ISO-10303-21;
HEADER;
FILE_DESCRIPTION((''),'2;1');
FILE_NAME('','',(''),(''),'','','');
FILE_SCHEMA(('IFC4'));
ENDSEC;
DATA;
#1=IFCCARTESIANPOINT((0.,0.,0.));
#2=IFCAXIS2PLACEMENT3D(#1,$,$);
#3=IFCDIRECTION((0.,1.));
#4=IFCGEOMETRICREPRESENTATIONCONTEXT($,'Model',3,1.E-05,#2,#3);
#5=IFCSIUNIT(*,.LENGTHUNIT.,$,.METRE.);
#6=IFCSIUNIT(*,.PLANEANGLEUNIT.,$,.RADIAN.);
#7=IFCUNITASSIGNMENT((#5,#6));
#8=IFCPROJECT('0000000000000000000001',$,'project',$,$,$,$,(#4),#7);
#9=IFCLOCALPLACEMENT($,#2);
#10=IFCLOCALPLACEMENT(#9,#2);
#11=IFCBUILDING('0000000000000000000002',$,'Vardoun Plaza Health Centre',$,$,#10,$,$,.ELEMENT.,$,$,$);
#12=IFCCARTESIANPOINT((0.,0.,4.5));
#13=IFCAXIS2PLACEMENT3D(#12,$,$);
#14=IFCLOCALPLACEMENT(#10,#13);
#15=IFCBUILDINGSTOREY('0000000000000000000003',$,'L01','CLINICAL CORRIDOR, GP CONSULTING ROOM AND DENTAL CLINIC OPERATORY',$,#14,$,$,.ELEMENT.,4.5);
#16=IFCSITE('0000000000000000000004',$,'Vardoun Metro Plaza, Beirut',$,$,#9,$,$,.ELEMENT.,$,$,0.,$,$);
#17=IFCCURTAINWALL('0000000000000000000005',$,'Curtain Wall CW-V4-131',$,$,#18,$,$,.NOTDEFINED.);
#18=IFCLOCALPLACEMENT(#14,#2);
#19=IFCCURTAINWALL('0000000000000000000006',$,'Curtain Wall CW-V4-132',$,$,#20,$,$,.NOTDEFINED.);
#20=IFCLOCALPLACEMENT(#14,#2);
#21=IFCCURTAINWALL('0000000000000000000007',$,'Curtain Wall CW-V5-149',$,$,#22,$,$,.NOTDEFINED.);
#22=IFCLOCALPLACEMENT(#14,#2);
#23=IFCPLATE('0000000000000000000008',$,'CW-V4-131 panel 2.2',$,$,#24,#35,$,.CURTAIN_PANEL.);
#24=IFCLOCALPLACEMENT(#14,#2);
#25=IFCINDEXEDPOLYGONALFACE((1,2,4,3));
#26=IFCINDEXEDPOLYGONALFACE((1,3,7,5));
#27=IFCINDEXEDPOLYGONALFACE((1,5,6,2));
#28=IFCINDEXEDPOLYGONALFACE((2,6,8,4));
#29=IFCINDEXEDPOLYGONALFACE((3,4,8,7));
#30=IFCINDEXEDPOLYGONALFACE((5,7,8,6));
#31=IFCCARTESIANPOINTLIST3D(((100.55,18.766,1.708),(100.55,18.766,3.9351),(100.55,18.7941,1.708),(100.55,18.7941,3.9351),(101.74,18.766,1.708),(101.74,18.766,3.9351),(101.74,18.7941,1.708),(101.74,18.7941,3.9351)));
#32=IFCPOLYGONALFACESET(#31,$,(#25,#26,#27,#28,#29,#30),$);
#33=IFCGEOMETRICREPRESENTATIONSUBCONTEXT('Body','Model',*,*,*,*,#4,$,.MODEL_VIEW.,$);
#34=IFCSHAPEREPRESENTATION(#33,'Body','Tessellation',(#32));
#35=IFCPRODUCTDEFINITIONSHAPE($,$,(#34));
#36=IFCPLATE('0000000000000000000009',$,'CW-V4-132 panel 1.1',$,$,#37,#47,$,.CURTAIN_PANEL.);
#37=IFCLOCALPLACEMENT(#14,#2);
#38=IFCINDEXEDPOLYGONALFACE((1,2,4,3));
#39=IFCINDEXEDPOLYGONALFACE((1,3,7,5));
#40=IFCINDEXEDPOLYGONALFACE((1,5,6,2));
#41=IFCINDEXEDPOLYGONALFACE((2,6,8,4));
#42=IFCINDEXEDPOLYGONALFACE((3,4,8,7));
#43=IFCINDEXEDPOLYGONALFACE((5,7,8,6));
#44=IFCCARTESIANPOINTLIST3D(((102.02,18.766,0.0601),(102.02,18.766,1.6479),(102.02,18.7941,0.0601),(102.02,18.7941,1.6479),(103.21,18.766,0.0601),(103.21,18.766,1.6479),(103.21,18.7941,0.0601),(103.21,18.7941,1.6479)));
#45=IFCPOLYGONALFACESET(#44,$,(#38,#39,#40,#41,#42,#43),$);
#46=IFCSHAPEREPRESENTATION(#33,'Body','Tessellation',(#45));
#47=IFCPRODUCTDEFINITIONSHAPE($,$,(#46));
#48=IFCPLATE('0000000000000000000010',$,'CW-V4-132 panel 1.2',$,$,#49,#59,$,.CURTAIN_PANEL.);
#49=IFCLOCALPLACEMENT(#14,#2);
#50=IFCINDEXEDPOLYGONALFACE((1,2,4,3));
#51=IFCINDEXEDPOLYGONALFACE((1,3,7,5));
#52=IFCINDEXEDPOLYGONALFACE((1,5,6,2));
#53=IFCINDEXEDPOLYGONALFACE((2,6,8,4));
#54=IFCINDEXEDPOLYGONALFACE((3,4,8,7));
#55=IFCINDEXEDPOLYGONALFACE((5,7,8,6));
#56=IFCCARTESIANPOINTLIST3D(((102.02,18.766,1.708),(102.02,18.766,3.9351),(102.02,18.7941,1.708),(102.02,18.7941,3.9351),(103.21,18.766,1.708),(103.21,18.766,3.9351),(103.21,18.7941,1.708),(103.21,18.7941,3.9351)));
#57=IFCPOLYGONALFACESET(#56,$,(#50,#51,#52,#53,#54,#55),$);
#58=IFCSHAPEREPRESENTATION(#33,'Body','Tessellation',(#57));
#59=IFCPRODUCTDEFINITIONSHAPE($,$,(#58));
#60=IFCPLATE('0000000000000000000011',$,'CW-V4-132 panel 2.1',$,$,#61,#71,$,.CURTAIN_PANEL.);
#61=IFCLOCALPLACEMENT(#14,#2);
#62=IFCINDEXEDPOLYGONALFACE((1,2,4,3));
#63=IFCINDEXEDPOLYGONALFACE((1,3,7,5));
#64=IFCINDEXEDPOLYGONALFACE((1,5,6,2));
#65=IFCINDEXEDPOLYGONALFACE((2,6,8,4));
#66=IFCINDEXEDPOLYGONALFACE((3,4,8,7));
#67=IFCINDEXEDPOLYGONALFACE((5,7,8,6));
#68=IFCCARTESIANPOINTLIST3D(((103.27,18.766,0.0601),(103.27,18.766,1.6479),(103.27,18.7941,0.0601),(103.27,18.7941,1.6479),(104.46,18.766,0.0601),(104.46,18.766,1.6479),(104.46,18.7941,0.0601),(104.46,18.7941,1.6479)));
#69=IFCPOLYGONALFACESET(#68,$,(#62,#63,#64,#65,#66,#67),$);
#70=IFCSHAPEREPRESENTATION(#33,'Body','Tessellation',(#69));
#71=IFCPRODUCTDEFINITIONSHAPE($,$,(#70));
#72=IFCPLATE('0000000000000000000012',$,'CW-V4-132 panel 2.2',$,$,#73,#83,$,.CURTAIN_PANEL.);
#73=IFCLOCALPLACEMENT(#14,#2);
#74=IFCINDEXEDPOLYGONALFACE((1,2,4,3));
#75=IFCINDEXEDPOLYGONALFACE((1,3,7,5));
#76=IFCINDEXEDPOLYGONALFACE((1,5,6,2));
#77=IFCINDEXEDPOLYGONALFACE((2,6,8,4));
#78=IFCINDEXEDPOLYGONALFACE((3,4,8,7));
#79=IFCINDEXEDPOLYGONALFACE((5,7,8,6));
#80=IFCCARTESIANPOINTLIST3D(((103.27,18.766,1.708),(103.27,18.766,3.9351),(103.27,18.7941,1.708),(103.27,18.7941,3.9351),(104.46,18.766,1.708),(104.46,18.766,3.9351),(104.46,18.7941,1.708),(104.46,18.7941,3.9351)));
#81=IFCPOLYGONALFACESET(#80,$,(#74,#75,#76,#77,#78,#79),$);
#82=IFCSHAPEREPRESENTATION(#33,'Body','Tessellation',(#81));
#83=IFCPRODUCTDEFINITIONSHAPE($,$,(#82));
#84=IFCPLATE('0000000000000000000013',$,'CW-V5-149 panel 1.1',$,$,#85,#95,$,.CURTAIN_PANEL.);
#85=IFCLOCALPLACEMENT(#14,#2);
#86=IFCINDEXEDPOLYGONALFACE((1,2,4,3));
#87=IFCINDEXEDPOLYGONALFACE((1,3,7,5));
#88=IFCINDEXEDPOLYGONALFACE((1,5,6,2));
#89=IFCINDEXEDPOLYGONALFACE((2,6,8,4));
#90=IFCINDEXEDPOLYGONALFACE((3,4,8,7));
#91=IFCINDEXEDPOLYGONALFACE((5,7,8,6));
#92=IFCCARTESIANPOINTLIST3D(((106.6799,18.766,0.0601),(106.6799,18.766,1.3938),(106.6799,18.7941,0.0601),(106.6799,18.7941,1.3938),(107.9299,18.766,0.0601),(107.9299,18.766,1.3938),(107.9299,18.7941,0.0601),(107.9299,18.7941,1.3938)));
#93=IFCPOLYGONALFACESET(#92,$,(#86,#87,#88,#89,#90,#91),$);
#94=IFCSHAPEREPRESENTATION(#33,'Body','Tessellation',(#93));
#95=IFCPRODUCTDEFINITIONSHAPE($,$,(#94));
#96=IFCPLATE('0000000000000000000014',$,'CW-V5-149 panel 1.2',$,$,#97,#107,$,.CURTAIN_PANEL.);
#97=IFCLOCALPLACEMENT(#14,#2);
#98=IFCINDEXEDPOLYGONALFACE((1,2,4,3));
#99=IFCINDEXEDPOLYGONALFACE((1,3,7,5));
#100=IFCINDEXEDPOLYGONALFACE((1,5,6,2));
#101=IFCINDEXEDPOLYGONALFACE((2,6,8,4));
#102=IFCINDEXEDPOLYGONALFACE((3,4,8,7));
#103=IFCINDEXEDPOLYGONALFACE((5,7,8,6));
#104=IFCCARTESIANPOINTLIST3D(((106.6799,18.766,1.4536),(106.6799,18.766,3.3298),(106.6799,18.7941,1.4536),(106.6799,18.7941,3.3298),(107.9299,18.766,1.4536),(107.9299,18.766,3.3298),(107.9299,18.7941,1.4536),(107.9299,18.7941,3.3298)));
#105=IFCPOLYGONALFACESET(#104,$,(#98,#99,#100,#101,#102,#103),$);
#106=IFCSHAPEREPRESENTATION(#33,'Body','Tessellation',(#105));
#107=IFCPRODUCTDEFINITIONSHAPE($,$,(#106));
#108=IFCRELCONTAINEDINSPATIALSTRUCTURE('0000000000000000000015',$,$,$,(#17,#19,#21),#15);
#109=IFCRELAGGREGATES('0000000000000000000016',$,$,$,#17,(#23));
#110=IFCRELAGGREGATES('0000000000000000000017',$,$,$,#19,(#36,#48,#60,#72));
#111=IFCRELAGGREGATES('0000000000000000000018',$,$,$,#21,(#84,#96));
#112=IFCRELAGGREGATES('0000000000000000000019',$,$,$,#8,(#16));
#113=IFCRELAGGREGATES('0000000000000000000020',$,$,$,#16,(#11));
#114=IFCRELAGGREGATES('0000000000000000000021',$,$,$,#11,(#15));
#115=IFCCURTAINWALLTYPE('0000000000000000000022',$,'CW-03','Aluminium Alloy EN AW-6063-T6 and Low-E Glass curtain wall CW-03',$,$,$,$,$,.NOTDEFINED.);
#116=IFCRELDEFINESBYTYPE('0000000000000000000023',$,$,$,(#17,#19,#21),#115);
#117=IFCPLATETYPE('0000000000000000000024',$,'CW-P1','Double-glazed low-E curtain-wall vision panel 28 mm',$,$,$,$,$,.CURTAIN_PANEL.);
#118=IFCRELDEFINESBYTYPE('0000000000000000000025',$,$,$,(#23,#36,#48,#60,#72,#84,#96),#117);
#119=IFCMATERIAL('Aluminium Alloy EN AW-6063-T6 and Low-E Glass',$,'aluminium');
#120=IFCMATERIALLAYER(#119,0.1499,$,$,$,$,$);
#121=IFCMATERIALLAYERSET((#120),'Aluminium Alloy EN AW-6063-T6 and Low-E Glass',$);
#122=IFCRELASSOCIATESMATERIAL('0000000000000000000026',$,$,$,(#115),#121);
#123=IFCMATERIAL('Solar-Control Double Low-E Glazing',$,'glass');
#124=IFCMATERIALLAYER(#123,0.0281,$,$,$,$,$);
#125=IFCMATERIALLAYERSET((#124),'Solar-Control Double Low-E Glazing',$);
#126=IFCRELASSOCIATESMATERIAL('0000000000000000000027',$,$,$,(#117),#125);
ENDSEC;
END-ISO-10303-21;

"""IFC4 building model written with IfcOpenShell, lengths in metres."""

from ifc_helpers import new_model, si_unit, direction, frame, origin, origin_2d, place, context, subcontext, project, spatial, rectangle, extrude, material, layer, layer_set, type_object, element, aggregate, save


model = new_model("IFC4")

# Units and contexts
model_context = context("Model", 3, precision=1e-05, world=origin(), true_north=direction((0.0, 1.0)))
body_context = subcontext(model_context, "Body", "Model", "MODEL_VIEW")
ifc_project = project(units=[si_unit("LENGTHUNIT", "METRE"), si_unit("PLANEANGLEUNIT", "RADIAN")], contexts=[model_context])

# Site, building, storey
site_placement = place(None, origin())
site = spatial("IfcSite", under=ifc_project, at=site_placement, Name="Vardoun Metro Plaza, Beirut", CompositionType="ELEMENT", RefElevation=0.0)
building_placement = place(site_placement, origin())
building = spatial("IfcBuilding", under=site, at=building_placement, Name="Vardoun Plaza Health Centre", CompositionType="ELEMENT")
storey_placement = place(building_placement, frame((0.0, 0.0, 4.5)))
storey = spatial("IfcBuildingStorey", under=building, at=storey_placement, Name="L01", Description="CLINICAL CORRIDOR, GP CONSULTING ROOM AND DENTAL CLINIC OPERATORY", CompositionType="ELEMENT", Elevation=4.5)

# Curtain wall
ifc_material_1 = material(Name="Aluminium Alloy EN AW-6063-T6 and Low-E Glass", Category="aluminium")
ifc_layer_1 = layer(ifc_material_1, 0.1499)
ifc_layer_set_1 = layer_set([ifc_layer_1], Name="Aluminium Alloy EN AW-6063-T6 and Low-E Glass")
curtain_wall_type = type_object("IfcCurtainWallType", Name="CW-03", Description="Aluminium Alloy EN AW-6063-T6 and Low-E Glass curtain wall CW-03", PredefinedType="NOTDEFINED", material=ifc_layer_set_1)
curtain_wall_1_placement = place(storey_placement, origin())
curtain_wall_1 = element("IfcCurtainWall", 1, at=curtain_wall_1_placement, inside=storey, type_object=curtain_wall_type, Name="Curtain Wall CW-V4-131", PredefinedType="NOTDEFINED")

# Curtain wall
curtain_wall_2_placement = place(storey_placement, origin())
curtain_wall_2 = element("IfcCurtainWall", 2, at=curtain_wall_2_placement, inside=storey, type_object=curtain_wall_type, Name="Curtain Wall CW-V4-132", PredefinedType="NOTDEFINED")

# Curtain wall
curtain_wall_3_placement = place(storey_placement, origin())
curtain_wall_3 = element("IfcCurtainWall", 3, at=curtain_wall_3_placement, inside=storey, type_object=curtain_wall_type, Name="Curtain Wall CW-V5-149", PredefinedType="NOTDEFINED")

# Plates
ifc_material_2 = material(Name="Solar-Control Double Low-E Glazing", Category="glass")
ifc_layer_2 = layer(ifc_material_2, 0.0281)
ifc_layer_set_2 = layer_set([ifc_layer_2], Name="Solar-Control Double Low-E Glazing")
plate_type = type_object("IfcPlateType", Name="CW-P1", Description="Double-glazed low-E curtain-wall vision panel 28 mm", PredefinedType="CURTAIN_PANEL", material=ifc_layer_set_2)
plate_1_placement = place(storey_placement, frame((101.145, 18.78, 1.708), z_axis=(0.0, 0.0, 1.0), x_axis=(1.0, 0.0, 0.0)))
plate_1 = element("IfcPlate", 4, at=plate_1_placement, type_object=plate_type, Name="CW-V4-131 panel 2.2", PredefinedType="CURTAIN_PANEL", context=body_context, shape_type="SweptSolid", body=[
    extrude(rectangle(XDim=1.1899, YDim=0.0281, at=origin_2d()), origin(), (0.0, 0.0, 1.0), 2.2271),
])
aggregate(curtain_wall_1, [plate_1])
plate_2_placement = place(storey_placement, frame((102.615, 18.78, 0.0601), z_axis=(0.0, 0.0, 1.0), x_axis=(1.0, 0.0, 0.0)))
plate_2 = element("IfcPlate", 5, at=plate_2_placement, type_object=plate_type, Name="CW-V4-132 panel 1.1", PredefinedType="CURTAIN_PANEL", context=body_context, shape_type="SweptSolid", body=[
    extrude(rectangle(XDim=1.1899, YDim=0.0281, at=origin_2d()), origin(), (0.0, 0.0, 1.0), 1.5879),
])
plate_3_placement = place(storey_placement, frame((102.615, 18.78, 1.708), z_axis=(0.0, 0.0, 1.0), x_axis=(1.0, 0.0, 0.0)))
plate_3 = element("IfcPlate", 6, at=plate_3_placement, type_object=plate_type, Name="CW-V4-132 panel 1.2", PredefinedType="CURTAIN_PANEL", context=body_context, shape_type="SweptSolid", body=[
    extrude(rectangle(XDim=1.1899, YDim=0.0281, at=origin_2d()), origin(), (0.0, 0.0, 1.0), 2.2271),
])
plate_4_placement = place(storey_placement, frame((103.865, 18.78, 0.0601), z_axis=(0.0, 0.0, 1.0), x_axis=(1.0, 0.0, 0.0)))
plate_4 = element("IfcPlate", 7, at=plate_4_placement, type_object=plate_type, Name="CW-V4-132 panel 2.1", PredefinedType="CURTAIN_PANEL", context=body_context, shape_type="SweptSolid", body=[
    extrude(rectangle(XDim=1.1899, YDim=0.0281, at=origin_2d()), origin(), (0.0, 0.0, 1.0), 1.5879),
])
plate_5_placement = place(storey_placement, frame((103.865, 18.78, 1.708), z_axis=(0.0, 0.0, 1.0), x_axis=(1.0, 0.0, 0.0)))
plate_5 = element("IfcPlate", 8, at=plate_5_placement, type_object=plate_type, Name="CW-V4-132 panel 2.2", PredefinedType="CURTAIN_PANEL", context=body_context, shape_type="SweptSolid", body=[
    extrude(rectangle(XDim=1.1899, YDim=0.0281, at=origin_2d()), origin(), (0.0, 0.0, 1.0), 2.2271),
])
aggregate(curtain_wall_2, [plate_2, plate_3, plate_4, plate_5])
plate_6_placement = place(storey_placement, frame((107.3049, 18.78, 0.0601), z_axis=(0.0, 0.0, 1.0), x_axis=(1.0, 0.0, 0.0)))
plate_6 = element("IfcPlate", 9, at=plate_6_placement, type_object=plate_type, Name="CW-V5-149 panel 1.1", PredefinedType="CURTAIN_PANEL", context=body_context, shape_type="SweptSolid", body=[
    extrude(rectangle(XDim=1.25, YDim=0.0281, at=origin_2d()), origin(), (0.0, 0.0, 1.0), 1.3337),
])
plate_7_placement = place(storey_placement, frame((107.3049, 18.78, 1.4536), z_axis=(0.0, 0.0, 1.0), x_axis=(1.0, 0.0, 0.0)))
plate_7 = element("IfcPlate", 10, at=plate_7_placement, type_object=plate_type, Name="CW-V5-149 panel 1.2", PredefinedType="CURTAIN_PANEL", context=body_context, shape_type="SweptSolid", body=[
    extrude(rectangle(XDim=1.25, YDim=0.0281, at=origin_2d()), origin(), (0.0, 0.0, 1.0), 1.8762),
])
aggregate(curtain_wall_3, [plate_6, plate_7])

save(model, "model.ifc")
